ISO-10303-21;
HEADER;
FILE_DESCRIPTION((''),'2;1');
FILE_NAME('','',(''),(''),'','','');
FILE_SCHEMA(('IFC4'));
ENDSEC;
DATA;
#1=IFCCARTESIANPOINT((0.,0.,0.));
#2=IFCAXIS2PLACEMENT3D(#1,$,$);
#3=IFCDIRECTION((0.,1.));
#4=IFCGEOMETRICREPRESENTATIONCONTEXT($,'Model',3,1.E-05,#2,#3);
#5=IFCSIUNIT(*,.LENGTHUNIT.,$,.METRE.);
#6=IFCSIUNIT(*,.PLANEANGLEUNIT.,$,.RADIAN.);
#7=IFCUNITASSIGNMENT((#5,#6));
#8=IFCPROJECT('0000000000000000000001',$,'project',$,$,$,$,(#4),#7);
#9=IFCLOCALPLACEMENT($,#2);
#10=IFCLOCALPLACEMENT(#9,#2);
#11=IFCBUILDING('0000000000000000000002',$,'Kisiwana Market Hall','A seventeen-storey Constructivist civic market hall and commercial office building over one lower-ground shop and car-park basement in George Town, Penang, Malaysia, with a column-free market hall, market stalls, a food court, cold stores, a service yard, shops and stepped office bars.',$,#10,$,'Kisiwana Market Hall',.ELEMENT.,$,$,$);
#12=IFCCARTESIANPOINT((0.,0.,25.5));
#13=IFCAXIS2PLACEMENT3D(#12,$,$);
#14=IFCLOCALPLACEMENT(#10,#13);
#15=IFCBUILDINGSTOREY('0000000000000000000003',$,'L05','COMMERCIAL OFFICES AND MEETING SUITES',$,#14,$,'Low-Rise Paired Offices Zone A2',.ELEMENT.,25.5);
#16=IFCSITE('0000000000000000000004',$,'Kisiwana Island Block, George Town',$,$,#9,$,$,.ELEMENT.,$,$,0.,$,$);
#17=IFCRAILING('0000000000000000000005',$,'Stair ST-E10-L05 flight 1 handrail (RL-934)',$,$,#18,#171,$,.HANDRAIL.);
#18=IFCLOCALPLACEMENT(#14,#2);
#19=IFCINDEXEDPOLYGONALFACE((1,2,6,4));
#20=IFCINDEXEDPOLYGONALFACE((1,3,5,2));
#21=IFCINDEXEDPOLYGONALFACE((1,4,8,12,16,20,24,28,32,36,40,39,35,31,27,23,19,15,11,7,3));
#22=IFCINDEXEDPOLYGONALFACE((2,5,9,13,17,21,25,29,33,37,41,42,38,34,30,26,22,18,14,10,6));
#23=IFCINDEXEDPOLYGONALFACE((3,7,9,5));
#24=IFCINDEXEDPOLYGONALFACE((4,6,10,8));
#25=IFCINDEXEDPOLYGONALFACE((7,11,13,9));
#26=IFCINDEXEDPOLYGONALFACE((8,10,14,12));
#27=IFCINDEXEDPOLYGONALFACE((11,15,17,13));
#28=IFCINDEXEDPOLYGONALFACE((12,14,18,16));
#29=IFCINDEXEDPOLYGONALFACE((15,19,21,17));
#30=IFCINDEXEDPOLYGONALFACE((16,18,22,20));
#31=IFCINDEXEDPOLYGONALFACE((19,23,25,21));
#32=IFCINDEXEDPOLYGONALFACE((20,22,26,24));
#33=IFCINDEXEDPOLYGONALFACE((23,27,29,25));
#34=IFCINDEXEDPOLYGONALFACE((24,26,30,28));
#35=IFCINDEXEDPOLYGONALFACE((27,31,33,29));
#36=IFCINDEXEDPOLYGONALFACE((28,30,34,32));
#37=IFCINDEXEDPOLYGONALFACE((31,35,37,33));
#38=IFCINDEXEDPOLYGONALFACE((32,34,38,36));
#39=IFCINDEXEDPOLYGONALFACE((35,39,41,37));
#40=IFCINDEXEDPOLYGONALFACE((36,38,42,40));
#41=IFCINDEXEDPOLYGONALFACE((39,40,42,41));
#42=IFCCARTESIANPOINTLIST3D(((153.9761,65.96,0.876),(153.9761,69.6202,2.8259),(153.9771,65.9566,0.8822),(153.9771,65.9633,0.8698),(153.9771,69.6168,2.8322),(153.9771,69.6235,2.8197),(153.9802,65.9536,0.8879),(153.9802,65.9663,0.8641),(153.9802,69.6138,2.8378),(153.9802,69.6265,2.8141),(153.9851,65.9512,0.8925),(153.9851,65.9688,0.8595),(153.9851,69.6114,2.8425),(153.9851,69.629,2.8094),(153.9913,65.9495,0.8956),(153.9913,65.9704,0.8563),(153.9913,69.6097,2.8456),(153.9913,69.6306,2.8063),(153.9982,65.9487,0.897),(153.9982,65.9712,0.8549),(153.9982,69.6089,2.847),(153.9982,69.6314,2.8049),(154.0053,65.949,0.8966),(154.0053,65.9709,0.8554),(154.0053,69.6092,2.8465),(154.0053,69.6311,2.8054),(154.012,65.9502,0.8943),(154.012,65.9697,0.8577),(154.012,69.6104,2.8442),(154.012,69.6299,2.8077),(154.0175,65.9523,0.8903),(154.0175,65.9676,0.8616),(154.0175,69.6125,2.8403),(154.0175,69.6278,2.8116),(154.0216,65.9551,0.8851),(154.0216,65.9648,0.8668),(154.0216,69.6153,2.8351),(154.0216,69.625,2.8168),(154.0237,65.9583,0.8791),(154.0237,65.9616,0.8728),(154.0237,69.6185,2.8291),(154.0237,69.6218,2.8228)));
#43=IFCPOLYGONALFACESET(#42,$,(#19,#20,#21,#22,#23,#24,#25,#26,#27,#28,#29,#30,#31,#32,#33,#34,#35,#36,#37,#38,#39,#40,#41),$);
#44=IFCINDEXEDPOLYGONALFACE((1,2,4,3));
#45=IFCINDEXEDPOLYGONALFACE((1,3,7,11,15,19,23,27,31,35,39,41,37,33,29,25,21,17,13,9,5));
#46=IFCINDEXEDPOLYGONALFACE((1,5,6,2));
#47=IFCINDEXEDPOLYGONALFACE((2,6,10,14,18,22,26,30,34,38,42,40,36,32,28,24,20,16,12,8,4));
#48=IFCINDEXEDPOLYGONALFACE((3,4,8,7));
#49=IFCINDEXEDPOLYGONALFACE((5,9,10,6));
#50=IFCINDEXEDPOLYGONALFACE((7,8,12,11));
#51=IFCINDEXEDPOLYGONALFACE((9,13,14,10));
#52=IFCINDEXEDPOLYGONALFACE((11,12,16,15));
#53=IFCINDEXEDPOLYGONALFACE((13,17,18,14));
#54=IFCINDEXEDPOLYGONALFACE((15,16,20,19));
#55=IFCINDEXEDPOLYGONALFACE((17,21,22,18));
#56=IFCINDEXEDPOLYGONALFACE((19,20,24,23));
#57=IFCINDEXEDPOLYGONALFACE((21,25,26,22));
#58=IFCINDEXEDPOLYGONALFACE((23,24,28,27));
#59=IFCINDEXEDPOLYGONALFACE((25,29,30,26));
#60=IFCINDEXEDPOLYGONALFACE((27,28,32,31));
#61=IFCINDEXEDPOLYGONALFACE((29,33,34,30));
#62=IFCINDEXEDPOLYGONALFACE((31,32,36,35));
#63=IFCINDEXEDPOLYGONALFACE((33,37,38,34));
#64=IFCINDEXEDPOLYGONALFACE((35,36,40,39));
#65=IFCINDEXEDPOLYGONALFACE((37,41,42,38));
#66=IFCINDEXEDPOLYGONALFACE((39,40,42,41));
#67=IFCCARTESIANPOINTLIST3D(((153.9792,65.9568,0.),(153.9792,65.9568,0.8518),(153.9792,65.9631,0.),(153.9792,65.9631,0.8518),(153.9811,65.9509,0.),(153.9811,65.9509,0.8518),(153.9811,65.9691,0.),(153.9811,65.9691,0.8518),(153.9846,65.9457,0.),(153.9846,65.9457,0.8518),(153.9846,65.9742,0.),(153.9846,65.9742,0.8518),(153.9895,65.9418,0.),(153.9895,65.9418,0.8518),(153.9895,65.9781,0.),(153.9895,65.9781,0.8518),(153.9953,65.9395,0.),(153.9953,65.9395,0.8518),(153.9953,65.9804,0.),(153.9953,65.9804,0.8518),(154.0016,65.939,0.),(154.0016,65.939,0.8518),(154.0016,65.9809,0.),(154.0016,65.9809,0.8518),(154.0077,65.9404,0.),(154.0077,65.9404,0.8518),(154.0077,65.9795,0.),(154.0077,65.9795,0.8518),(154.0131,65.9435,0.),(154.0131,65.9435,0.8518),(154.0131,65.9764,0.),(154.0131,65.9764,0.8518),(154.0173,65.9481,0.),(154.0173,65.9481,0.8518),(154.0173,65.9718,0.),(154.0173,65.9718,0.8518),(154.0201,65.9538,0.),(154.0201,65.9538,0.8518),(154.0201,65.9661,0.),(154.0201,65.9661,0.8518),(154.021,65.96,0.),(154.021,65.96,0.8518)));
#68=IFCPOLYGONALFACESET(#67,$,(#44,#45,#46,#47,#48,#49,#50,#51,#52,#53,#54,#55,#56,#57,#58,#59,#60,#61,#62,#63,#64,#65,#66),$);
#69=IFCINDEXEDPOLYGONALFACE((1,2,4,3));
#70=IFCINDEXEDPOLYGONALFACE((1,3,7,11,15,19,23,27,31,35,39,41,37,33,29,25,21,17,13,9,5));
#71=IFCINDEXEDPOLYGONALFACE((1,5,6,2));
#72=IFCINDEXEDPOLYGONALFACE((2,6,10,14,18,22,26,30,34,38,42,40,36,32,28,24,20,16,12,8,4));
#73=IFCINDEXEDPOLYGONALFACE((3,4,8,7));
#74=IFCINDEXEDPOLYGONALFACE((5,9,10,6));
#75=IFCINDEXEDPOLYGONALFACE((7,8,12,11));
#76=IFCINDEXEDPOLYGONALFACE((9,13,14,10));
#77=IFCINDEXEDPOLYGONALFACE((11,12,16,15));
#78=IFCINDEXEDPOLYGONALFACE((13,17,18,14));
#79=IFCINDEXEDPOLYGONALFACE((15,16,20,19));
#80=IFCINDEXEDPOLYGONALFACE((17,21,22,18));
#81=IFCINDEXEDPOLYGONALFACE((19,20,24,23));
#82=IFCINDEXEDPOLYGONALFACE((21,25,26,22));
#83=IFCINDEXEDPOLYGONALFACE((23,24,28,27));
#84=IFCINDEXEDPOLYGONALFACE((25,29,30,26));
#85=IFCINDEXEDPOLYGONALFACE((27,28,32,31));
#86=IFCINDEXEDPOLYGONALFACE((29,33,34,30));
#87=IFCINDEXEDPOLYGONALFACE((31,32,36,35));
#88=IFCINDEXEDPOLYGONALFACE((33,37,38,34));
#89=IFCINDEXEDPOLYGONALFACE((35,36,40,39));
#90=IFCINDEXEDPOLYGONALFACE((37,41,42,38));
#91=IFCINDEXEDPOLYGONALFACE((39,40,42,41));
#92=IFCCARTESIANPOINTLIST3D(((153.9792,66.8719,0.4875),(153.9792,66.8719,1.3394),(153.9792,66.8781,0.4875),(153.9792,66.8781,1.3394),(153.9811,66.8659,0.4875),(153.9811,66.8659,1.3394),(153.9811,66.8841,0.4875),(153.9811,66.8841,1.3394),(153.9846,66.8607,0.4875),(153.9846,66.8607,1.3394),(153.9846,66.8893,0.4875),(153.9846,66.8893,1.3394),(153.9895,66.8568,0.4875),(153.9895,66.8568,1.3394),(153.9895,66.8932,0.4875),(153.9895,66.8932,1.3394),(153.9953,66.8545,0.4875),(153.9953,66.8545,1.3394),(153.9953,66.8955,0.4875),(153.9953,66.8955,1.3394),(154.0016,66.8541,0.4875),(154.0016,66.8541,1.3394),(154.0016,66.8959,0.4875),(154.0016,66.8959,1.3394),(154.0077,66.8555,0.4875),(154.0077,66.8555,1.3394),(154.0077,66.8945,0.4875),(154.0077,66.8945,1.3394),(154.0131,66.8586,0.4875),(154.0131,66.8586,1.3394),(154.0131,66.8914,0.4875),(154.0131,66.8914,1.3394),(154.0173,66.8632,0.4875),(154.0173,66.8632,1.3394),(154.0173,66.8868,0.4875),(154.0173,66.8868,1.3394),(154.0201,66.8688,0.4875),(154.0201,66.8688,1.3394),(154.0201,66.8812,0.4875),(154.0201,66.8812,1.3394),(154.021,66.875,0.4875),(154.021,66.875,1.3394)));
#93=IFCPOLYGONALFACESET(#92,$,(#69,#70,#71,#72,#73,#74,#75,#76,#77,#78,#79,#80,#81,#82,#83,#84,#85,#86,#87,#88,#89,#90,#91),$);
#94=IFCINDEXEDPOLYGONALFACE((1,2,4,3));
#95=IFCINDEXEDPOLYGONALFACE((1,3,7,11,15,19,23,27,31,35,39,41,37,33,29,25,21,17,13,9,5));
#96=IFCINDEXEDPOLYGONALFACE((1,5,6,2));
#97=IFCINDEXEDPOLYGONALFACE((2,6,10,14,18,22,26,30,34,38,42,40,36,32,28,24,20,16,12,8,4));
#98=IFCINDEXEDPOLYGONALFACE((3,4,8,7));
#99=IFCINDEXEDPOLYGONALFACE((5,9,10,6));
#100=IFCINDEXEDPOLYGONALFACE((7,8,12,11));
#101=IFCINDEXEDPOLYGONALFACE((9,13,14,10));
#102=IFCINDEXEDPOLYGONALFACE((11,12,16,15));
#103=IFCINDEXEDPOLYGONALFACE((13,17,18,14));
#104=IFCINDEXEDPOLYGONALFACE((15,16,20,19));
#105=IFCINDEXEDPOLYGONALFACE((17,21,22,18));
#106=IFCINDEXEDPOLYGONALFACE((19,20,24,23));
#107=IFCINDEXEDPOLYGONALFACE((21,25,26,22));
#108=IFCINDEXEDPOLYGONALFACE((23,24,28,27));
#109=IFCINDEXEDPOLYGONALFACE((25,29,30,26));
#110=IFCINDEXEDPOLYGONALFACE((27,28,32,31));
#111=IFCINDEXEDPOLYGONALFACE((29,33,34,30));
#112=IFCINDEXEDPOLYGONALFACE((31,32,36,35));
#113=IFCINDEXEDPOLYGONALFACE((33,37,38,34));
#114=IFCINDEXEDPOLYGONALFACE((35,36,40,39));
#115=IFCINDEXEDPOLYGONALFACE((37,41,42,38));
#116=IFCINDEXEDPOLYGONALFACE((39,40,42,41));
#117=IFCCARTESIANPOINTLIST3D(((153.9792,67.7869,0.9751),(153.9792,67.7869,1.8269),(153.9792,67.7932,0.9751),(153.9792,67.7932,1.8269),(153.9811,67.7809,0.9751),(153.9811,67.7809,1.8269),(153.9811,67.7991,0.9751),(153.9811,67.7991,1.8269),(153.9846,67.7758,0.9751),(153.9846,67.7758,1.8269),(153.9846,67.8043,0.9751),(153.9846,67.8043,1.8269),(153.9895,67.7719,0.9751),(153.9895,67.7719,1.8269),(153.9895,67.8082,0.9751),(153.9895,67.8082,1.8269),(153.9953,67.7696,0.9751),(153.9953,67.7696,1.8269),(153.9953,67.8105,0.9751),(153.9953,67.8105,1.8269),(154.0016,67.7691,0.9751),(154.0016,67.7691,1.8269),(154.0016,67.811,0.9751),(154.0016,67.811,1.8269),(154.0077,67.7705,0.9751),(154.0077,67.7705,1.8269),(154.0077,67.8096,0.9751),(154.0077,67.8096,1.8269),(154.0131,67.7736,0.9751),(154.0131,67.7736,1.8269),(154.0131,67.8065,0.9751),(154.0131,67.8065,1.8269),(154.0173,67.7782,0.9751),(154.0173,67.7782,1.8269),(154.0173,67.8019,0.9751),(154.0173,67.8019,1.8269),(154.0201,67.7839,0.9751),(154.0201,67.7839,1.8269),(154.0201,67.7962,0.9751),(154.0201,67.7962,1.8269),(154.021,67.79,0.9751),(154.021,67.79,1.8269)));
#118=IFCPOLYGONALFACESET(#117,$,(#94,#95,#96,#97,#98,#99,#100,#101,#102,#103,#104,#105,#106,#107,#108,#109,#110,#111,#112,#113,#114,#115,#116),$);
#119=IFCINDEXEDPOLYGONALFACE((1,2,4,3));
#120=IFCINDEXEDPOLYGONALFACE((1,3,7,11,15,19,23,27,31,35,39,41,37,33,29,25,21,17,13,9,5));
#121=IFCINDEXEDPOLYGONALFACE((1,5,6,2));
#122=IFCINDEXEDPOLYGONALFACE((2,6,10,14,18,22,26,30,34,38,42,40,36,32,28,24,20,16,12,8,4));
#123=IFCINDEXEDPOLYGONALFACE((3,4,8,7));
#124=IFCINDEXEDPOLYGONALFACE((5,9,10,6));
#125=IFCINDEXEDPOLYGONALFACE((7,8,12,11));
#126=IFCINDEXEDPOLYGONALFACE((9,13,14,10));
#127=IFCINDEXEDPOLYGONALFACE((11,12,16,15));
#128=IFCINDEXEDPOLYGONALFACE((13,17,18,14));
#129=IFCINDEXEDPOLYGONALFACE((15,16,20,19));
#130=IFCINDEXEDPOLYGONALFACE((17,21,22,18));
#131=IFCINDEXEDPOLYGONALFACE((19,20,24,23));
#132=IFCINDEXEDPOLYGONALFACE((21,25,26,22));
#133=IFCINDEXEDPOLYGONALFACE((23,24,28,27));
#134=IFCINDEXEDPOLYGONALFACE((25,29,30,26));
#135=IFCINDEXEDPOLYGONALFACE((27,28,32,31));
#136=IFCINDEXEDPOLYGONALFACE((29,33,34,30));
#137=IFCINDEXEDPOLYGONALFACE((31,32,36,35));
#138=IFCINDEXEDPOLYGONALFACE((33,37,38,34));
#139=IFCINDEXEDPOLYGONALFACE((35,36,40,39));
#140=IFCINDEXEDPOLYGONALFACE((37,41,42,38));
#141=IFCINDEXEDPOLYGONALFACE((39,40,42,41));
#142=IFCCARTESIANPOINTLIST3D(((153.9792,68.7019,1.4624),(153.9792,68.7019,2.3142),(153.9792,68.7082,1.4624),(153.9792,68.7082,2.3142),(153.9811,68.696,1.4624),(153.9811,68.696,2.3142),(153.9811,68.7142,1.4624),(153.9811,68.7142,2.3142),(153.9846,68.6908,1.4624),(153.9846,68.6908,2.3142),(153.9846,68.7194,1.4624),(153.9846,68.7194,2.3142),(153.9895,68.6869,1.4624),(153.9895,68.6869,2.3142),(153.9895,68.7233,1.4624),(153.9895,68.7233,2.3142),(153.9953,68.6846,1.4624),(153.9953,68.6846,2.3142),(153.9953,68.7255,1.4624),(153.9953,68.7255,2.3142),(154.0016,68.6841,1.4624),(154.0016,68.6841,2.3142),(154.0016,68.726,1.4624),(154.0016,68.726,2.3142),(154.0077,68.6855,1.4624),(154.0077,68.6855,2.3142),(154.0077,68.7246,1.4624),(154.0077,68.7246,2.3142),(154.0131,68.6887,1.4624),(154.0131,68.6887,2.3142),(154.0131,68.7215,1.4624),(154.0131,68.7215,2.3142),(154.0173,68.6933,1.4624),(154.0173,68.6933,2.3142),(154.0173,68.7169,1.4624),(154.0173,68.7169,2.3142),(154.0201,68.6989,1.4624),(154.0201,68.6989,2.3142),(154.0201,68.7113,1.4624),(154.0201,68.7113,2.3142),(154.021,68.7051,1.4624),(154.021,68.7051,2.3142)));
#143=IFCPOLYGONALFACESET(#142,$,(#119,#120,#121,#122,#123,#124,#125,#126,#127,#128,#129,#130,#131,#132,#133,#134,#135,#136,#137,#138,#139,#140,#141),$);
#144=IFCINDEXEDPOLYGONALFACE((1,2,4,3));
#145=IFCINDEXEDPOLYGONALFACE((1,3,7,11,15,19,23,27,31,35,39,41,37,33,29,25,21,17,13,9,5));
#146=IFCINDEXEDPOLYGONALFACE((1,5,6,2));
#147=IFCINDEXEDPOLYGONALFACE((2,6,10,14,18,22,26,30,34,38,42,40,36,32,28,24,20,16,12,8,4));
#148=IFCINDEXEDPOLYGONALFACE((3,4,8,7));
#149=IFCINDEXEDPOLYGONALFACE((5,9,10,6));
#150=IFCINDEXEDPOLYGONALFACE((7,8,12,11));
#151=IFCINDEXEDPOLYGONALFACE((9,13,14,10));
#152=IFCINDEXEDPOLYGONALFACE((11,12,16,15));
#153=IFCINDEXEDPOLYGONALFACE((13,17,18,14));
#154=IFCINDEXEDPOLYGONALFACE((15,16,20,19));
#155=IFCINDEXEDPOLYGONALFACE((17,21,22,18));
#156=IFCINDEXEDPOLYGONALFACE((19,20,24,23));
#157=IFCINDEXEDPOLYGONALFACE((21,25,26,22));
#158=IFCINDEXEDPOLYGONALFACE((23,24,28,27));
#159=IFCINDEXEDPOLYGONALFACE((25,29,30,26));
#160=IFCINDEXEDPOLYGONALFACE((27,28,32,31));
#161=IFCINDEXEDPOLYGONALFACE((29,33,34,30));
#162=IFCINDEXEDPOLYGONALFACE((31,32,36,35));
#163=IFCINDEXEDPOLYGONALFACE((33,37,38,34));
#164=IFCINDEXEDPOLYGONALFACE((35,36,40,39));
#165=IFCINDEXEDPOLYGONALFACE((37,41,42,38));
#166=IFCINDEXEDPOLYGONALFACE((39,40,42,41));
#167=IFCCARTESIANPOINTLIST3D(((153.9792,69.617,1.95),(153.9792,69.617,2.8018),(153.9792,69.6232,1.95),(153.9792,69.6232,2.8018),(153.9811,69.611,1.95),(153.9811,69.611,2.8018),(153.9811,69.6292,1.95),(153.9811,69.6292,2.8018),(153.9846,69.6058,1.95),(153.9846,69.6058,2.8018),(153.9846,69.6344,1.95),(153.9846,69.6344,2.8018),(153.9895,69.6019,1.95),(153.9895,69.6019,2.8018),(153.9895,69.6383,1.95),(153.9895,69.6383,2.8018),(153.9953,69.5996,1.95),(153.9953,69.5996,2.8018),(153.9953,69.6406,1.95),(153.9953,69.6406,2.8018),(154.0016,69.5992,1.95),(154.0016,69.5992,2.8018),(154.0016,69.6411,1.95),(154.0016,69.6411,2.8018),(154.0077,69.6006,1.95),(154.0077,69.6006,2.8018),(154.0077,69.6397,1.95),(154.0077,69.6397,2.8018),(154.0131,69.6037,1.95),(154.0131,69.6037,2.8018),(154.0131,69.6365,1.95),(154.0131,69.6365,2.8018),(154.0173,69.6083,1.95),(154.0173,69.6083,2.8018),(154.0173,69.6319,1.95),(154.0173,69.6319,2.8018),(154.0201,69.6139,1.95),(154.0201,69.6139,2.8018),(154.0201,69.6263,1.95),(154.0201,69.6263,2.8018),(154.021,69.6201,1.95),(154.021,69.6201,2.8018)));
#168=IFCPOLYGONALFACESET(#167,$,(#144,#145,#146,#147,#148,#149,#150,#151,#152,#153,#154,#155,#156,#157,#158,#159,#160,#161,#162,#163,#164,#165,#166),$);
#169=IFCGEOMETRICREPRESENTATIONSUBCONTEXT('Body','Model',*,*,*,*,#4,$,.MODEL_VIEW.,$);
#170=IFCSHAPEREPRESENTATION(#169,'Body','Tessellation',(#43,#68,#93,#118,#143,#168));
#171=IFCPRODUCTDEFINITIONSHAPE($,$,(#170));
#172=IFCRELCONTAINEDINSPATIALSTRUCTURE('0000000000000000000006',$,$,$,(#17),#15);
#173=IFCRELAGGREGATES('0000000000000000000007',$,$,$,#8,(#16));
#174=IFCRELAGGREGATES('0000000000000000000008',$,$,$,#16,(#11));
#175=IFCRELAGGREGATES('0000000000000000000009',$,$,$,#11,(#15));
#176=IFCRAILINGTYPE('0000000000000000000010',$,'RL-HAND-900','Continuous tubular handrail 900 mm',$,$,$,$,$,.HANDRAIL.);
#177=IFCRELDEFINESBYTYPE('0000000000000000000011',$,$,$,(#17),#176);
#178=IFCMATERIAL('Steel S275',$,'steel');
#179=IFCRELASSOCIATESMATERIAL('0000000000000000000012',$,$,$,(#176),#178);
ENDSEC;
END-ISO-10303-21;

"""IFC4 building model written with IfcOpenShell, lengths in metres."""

from ifc_helpers import new_model, si_unit, direction, frame, origin, origin_2d, place, context, subcontext, project, spatial, circle, extrude, material, type_object, element, save


model = new_model("IFC4")

# Units and contexts
model_context = context("Model", 3, precision=1e-05, world=origin(), true_north=direction((0.0, 1.0)))
body_context = subcontext(model_context, "Body", "Model", "MODEL_VIEW")
ifc_project = project(units=[si_unit("LENGTHUNIT", "METRE"), si_unit("PLANEANGLEUNIT", "RADIAN")], contexts=[model_context])

# Site, building, storey
site_placement = place(None, origin())
site = spatial("IfcSite", under=ifc_project, at=site_placement, Name="Kisiwana Island Block, George Town", CompositionType="ELEMENT", RefElevation=0.0)
building_placement = place(site_placement, origin())
building = spatial("IfcBuilding", under=site, at=building_placement, Name="Kisiwana Market Hall", Description="A seventeen-storey Constructivist civic market hall and commercial office building over one lower-ground shop and car-park basement in George Town, Penang, Malaysia, with a column-free market hall, market stalls, a food court, cold stores, a service yard, shops and stepped office bars.", LongName="Kisiwana Market Hall", CompositionType="ELEMENT")
storey_placement = place(building_placement, frame((0.0, 0.0, 25.5)))
storey = spatial("IfcBuildingStorey", under=building, at=storey_placement, Name="L05", Description="COMMERCIAL OFFICES AND MEETING SUITES", LongName="Low-Rise Paired Offices Zone A2", CompositionType="ELEMENT", Elevation=25.5)

# Railing
ifc_material_1 = material(Name="Steel S275", Category="steel")
railing_type_1 = type_object("IfcRailingType", Name="RL-HAND-900", Description="Continuous tubular handrail 900 mm", PredefinedType="HANDRAIL", material=ifc_material_1)
railing_1_placement = place(storey_placement, frame((154.0, 65.96, 0.0)))
element("IfcRailing", 1, at=railing_1_placement, inside=storey, type_object=railing_type_1, Name="Stair ST-E10-L05 flight 1 handrail (RL-934)", PredefinedType="HANDRAIL", context=body_context, shape_type="SweptSolid", body=[
    extrude(circle(Radius=0.0239, at=origin_2d()), frame((0.0, 0.0, 0.876), z_axis=(0.0, 0.882566, 0.470188), x_axis=(-1.0, 0.0, 0.0)), (0.0, 0.0, 1.0), 4.1472),
    extrude(circle(Radius=0.021, at=origin_2d()), origin(), (0.0, 0.0, 1.0), 0.8518),
    extrude(circle(Radius=0.021, at=origin_2d()), frame((0.0, 0.915, 0.4875)), (0.0, 0.0, 1.0), 0.8518),
    extrude(circle(Radius=0.021, at=origin_2d()), frame((0.0, 1.8301, 0.9751)), (0.0, 0.0, 1.0), 0.8518),
    extrude(circle(Radius=0.021, at=origin_2d()), frame((0.0, 2.7451, 1.4624)), (0.0, 0.0, 1.0), 0.8518),
    extrude(circle(Radius=0.021, at=origin_2d()), frame((0.0, 3.6602, 1.95)), (0.0, 0.0, 1.0), 0.8518),
])

save(model, "model.ifc")
